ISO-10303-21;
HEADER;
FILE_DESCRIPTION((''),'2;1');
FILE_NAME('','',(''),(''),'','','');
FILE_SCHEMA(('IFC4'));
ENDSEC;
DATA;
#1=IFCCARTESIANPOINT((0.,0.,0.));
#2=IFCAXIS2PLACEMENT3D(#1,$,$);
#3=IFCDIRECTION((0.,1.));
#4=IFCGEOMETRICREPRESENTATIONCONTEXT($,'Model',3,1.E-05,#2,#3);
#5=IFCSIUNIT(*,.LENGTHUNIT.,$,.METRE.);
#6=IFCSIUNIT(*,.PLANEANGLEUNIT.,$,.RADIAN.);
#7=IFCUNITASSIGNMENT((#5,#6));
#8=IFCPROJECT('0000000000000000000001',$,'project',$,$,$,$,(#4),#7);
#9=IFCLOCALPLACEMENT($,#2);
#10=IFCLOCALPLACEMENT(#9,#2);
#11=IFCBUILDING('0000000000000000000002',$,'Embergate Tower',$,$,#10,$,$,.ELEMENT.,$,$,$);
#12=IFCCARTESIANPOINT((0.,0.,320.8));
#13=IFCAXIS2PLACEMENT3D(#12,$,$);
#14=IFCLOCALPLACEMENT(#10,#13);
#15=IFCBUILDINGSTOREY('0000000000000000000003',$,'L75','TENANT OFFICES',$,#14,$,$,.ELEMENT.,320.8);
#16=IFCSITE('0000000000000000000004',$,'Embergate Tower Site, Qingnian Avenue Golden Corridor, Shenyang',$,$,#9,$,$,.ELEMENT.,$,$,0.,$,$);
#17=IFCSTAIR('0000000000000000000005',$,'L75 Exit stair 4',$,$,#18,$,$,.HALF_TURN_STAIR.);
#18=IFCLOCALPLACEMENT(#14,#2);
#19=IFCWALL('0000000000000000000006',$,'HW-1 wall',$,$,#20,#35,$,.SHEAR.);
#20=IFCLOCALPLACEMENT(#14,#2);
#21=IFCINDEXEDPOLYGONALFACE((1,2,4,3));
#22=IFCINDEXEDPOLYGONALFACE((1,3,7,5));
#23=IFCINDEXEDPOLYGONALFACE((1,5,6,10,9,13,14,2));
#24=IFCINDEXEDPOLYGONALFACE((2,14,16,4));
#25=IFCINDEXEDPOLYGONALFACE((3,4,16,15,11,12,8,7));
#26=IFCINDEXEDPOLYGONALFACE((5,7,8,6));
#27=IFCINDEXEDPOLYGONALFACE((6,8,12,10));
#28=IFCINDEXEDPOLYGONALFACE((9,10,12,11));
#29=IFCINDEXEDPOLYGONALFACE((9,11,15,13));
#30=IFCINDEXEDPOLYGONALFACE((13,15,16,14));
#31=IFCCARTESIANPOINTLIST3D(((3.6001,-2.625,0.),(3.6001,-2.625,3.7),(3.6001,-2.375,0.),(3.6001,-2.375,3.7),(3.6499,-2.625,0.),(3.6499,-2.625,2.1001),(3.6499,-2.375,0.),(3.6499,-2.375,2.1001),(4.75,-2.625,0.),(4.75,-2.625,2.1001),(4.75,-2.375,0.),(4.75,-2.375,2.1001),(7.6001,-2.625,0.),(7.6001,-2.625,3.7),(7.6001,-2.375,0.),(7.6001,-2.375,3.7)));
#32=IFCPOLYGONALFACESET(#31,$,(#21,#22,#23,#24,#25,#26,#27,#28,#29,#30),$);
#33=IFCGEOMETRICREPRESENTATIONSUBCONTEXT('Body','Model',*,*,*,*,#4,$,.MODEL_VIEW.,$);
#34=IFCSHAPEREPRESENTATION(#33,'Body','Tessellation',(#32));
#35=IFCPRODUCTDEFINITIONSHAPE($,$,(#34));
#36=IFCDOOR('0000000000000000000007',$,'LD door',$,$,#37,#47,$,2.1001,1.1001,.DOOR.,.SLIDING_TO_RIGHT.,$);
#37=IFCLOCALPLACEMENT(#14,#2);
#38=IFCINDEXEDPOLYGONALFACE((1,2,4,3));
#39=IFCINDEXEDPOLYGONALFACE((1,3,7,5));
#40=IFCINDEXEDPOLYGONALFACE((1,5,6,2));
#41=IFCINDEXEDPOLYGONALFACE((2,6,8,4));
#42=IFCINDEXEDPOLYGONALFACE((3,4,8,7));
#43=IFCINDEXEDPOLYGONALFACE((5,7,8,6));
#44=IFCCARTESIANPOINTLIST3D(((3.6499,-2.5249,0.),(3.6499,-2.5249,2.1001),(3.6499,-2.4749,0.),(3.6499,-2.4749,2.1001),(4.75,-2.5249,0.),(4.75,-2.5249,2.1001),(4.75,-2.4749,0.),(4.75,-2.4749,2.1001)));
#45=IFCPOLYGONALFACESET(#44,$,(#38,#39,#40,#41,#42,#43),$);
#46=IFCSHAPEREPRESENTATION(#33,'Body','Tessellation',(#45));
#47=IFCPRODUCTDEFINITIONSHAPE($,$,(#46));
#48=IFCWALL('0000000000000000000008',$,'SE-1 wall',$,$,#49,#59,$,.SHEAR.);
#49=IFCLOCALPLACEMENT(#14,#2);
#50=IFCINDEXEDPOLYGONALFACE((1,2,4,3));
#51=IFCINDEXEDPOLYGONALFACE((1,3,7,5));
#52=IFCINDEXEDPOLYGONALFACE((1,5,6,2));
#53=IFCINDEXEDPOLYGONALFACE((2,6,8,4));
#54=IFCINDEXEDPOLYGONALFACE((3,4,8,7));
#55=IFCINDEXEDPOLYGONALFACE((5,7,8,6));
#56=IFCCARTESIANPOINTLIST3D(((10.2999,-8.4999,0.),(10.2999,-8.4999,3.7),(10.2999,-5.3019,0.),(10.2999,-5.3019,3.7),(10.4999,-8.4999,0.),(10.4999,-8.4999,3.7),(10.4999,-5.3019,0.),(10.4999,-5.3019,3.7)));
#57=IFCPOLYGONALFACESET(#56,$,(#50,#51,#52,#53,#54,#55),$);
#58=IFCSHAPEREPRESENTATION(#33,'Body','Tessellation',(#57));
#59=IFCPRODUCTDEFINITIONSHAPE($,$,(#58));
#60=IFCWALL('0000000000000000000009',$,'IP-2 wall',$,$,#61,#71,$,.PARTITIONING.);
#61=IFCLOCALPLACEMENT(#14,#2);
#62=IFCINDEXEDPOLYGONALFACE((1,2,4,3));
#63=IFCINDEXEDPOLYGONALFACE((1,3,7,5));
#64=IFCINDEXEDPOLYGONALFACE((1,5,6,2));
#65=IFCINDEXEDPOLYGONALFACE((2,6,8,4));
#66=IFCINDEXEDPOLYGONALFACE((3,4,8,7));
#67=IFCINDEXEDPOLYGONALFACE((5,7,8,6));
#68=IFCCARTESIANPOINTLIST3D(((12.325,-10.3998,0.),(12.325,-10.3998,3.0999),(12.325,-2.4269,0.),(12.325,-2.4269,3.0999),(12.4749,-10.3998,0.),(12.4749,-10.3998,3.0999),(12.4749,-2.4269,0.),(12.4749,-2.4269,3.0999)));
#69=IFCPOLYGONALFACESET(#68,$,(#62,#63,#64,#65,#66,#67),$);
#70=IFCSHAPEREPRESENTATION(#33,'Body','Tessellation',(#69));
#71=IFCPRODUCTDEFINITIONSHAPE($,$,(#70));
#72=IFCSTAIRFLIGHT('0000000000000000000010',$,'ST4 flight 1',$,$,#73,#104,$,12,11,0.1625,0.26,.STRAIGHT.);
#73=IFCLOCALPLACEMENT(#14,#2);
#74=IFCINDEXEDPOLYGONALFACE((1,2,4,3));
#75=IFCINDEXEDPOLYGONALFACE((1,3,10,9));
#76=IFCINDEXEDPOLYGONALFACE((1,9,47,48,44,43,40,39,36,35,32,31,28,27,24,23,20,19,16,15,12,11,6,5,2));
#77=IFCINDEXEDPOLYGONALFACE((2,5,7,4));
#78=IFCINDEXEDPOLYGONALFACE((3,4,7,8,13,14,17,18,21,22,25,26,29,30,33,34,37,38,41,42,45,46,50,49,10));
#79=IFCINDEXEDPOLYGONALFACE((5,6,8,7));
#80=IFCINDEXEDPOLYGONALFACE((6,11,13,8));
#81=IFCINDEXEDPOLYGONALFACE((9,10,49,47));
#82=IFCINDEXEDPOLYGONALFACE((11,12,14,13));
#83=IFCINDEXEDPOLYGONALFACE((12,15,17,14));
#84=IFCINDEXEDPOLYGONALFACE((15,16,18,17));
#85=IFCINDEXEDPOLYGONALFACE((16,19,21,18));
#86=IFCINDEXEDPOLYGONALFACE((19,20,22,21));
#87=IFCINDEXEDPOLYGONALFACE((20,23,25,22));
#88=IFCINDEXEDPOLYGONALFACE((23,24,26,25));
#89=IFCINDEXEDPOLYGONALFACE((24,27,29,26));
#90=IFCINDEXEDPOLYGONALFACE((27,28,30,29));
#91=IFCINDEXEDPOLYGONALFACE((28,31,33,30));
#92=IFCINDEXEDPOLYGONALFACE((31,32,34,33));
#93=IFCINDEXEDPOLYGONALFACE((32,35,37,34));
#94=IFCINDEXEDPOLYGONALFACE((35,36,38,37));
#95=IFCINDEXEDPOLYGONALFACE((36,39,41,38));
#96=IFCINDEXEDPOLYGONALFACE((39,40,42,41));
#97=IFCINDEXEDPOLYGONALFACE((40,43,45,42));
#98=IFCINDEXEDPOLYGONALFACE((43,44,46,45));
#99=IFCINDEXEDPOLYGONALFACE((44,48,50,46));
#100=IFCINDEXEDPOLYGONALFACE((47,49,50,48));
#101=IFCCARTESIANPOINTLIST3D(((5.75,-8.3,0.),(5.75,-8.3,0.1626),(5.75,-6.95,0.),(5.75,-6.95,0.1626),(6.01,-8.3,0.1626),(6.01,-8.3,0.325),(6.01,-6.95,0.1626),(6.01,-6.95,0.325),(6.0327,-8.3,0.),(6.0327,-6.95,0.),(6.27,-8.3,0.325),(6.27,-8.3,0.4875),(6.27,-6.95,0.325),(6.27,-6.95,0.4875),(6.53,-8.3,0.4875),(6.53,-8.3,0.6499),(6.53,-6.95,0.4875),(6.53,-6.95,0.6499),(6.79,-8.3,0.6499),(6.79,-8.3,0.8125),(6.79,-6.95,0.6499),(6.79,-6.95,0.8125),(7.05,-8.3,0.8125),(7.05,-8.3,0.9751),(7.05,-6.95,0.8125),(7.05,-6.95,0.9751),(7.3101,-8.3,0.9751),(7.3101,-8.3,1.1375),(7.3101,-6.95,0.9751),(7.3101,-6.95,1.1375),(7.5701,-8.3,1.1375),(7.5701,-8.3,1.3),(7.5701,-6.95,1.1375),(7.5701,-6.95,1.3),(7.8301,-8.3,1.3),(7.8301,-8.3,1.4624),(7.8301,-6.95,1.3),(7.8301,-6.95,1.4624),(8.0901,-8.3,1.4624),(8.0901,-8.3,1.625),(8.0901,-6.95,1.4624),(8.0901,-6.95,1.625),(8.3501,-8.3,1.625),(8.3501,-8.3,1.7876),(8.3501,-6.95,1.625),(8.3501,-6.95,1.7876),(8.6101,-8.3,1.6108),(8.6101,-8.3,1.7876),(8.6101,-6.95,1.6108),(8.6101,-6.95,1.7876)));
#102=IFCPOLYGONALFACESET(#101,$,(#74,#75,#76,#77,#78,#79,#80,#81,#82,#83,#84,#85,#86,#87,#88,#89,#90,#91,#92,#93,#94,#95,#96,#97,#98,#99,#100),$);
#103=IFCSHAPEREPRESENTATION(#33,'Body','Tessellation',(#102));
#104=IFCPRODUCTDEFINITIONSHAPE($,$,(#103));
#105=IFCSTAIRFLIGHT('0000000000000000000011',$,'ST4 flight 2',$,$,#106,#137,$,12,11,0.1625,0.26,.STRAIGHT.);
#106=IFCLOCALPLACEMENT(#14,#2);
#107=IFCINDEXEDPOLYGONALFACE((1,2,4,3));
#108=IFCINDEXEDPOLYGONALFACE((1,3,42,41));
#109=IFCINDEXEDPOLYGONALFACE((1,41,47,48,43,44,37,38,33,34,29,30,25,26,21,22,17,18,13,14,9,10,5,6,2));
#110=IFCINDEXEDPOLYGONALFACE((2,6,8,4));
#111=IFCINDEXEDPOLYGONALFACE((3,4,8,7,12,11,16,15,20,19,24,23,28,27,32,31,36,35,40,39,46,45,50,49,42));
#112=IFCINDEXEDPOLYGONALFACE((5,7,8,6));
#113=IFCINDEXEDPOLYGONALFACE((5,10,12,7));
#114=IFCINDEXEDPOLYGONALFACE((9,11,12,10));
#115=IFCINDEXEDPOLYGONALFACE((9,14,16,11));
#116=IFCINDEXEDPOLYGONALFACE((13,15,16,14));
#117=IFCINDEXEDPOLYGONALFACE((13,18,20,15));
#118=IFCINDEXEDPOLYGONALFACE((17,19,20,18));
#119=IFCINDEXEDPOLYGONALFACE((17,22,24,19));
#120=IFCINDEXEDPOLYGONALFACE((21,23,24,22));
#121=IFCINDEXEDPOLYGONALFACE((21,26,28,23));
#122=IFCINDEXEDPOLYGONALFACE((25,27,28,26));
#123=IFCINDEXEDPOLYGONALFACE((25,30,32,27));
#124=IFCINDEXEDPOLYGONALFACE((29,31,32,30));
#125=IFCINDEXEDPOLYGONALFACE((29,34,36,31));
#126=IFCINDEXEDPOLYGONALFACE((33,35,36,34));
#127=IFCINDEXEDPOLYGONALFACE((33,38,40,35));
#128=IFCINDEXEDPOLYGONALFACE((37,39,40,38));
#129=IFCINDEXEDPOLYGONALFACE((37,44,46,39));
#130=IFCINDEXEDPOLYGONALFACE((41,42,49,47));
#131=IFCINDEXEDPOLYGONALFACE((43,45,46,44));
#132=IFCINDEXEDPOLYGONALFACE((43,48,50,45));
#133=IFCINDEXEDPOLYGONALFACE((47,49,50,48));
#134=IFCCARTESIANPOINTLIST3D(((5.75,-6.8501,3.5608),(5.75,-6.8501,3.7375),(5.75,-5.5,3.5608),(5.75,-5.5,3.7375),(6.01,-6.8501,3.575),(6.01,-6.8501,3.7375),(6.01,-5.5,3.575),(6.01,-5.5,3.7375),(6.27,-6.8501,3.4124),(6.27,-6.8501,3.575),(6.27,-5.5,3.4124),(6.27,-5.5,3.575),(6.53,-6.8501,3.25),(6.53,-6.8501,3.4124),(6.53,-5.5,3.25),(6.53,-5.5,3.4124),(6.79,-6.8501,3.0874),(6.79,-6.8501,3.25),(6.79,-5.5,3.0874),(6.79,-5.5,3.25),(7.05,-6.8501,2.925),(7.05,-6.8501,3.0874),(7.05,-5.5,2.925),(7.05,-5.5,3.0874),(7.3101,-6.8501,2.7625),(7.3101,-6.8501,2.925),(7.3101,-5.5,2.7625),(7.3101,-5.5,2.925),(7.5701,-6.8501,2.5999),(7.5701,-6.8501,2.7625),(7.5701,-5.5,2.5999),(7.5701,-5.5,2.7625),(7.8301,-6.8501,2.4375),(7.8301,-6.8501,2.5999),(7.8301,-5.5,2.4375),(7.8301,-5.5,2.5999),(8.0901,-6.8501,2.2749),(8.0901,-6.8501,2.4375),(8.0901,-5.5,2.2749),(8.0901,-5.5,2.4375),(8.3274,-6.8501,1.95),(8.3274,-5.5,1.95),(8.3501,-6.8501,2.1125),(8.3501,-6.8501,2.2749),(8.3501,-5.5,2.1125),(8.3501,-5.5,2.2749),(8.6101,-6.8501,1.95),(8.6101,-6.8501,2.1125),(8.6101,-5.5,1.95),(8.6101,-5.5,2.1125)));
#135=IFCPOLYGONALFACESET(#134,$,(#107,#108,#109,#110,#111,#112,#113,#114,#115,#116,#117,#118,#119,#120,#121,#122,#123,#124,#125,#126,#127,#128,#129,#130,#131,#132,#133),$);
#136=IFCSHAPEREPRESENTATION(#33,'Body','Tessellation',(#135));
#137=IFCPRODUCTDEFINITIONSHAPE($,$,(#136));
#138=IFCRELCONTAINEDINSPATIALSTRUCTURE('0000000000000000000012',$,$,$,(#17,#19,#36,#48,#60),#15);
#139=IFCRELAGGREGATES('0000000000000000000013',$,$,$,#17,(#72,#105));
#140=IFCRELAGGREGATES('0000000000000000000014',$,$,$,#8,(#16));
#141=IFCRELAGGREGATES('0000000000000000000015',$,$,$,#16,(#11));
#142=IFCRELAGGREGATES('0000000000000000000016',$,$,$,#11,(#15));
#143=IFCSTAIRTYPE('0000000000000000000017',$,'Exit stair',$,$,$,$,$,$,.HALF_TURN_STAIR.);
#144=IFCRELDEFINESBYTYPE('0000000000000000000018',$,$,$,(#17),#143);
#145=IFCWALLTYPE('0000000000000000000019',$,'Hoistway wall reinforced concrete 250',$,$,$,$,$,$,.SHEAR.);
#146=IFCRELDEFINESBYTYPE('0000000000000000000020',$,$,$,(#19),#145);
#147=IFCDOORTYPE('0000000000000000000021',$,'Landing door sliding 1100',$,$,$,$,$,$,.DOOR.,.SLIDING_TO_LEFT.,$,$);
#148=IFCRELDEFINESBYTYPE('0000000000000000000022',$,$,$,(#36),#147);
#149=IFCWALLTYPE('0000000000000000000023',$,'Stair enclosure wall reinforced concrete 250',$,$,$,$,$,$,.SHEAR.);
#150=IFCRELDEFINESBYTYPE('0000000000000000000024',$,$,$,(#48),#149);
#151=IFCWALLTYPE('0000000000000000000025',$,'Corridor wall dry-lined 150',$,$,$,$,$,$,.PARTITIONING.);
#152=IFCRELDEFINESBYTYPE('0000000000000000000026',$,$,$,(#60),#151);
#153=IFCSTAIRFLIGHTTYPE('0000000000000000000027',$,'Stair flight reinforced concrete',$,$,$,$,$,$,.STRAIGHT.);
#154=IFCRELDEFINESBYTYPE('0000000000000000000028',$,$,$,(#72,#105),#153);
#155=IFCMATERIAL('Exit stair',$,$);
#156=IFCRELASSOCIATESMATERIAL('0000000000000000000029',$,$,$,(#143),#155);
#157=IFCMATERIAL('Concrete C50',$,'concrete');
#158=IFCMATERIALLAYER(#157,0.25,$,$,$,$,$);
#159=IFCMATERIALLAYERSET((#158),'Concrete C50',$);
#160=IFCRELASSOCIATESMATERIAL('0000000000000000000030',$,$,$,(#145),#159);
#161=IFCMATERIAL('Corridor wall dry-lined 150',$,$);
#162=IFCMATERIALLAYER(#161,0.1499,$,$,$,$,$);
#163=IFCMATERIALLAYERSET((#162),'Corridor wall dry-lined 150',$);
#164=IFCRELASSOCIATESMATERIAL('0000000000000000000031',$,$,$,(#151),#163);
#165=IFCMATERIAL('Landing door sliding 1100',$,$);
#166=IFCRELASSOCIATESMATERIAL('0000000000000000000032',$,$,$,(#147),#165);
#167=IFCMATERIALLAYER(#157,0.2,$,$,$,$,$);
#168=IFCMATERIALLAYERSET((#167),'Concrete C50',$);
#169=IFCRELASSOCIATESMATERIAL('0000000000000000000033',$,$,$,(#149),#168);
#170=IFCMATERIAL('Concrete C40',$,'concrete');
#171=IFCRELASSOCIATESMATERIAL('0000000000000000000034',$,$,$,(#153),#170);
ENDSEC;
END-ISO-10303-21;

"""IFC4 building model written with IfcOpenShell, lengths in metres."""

from ifc_helpers import new_model, si_unit, direction, frame, frame_2d, origin, place, context, subcontext, project, spatial, polyline, rectangle, outline, extrude, source, transform, mapped, material, layer, layer_set, type_object, element, fill, aggregate, save


model = new_model("IFC4")

# Units and contexts
model_context = context("Model", 3, precision=1e-05, world=origin(), true_north=direction((0.0, 1.0)))
body_context = subcontext(model_context, "Body", "Model", "MODEL_VIEW")
ifc_project = project(units=[si_unit("LENGTHUNIT", "METRE"), si_unit("PLANEANGLEUNIT", "RADIAN")], contexts=[model_context])

# Site, building, storey
site_placement = place(None, origin())
site = spatial("IfcSite", under=ifc_project, at=site_placement, Name="Embergate Tower Site, Qingnian Avenue Golden Corridor, Shenyang", CompositionType="ELEMENT", RefElevation=0.0)
building_placement = place(site_placement, origin())
building = spatial("IfcBuilding", under=site, at=building_placement, Name="Embergate Tower", CompositionType="ELEMENT")
storey_placement = place(building_placement, frame((0.0, 0.0, 320.8)))
storey = spatial("IfcBuildingStorey", under=building, at=storey_placement, Name="L75", Description="TENANT OFFICES", CompositionType="ELEMENT", Elevation=320.8)

# Stair
ifc_material_1 = material(Name="Exit stair")
stair_type = type_object("IfcStairType", Name="Exit stair", PredefinedType="HALF_TURN_STAIR", material=ifc_material_1)
stair_placement = place(storey_placement, origin())
stair = element("IfcStair", 1, at=stair_placement, inside=storey, type_object=stair_type, Name="L75 Exit stair 4", PredefinedType="HALF_TURN_STAIR")
ifc_material_2 = material(Name="Concrete C40", Category="concrete")

# Shared definitions
ifc_material_3 = material(Name="Concrete C50", Category="concrete")

# Shared definitions
ifc_layer_1 = layer(ifc_material_3, 0.25)
ifc_layer_set_1 = layer_set([ifc_layer_1], Name="Concrete C50")
wall_type_1 = type_object("IfcWallType", Name="Hoistway wall reinforced concrete 250", PredefinedType="SHEAR", material=ifc_layer_set_1)

# Shared definitions
ifc_material_4 = material(Name="Corridor wall dry-lined 150")
ifc_layer_2 = layer(ifc_material_4, 0.1499)
ifc_layer_set_2 = layer_set([ifc_layer_2], Name="Corridor wall dry-lined 150")
wall_type_2 = type_object("IfcWallType", Name="Corridor wall dry-lined 150", PredefinedType="PARTITIONING", material=ifc_layer_set_2)

# Wall, opening, door
shared_shape_1 = source(origin(), body_context, "Body", "SweptSolid", [
    extrude(rectangle(XDim=4.0, YDim=0.25, at=frame_2d((2.0, 0.0))), origin(), (0.0, 0.0, 1.0), 3.7),
])
wall_1_placement = place(storey_placement, frame((7.6001, -2.5, 0.0), z_axis=(0.0, 0.0, 1.0), x_axis=(-1.0, 0.0, 0.0)))
wall_1 = element("IfcWall", 2, at=wall_1_placement, inside=storey, type_object=wall_type_1, Name="HW-1 wall", PredefinedType="SHEAR", context=body_context, shape_type="MappedRepresentation", body=[
    mapped(shared_shape_1, transform((0.0, 0.0, 0.0))),
])
shared_shape_2 = source(origin(), body_context, "Body", "SweptSolid", [
    extrude(rectangle(XDim=1.1001, YDim=2.1001, at=frame_2d((0.55, 1.05))), frame((0.0, 0.135, 0.0), z_axis=(0.0, -1.0, 0.0), x_axis=(1.0, 0.0, 0.0)), (0.0, 0.0, 1.0), 0.27),
])
opening_1_placement = place(wall_1_placement, frame((2.8501, 0.0, 0.0)))
opening_1 = element("IfcOpeningElement", 3, at=opening_1_placement, cuts=wall_1, PredefinedType="OPENING", context=body_context, shape_type="MappedRepresentation", body=[
    mapped(shared_shape_2, transform((0.0, 0.0, 0.0))),
])
ifc_material_5 = material(Name="Landing door sliding 1100")
door_type_1 = type_object("IfcDoorType", Name="Landing door sliding 1100", OperationType="SLIDING_TO_LEFT", PredefinedType="DOOR", material=ifc_material_5)
shared_shape_3 = source(origin(), body_context, "Body", "SweptSolid", [
    extrude(rectangle(XDim=1.1001, YDim=2.1001, at=frame_2d((0.55, 1.05))), frame((0.0, 0.0249, 0.0), z_axis=(0.0, -1.0, 0.0), x_axis=(1.0, 0.0, 0.0)), (0.0, 0.0, 1.0), 0.05),
])
door_1_placement = place(opening_1_placement, origin())
door_1 = element("IfcDoor", 4, at=door_1_placement, inside=storey, type_object=door_type_1, Name="LD door", OperationType="SLIDING_TO_RIGHT", OverallHeight=2.1001, OverallWidth=1.1001, PredefinedType="DOOR", context=body_context, shape_type="MappedRepresentation", body=[
    mapped(shared_shape_3, transform((0.0, 0.0, 0.0))),
])
fill(opening_1, door_1)

# Walls
ifc_layer_3 = layer(ifc_material_3, 0.2)
ifc_layer_set_3 = layer_set([ifc_layer_3], Name="Concrete C50")
wall_type_3 = type_object("IfcWallType", Name="Stair enclosure wall reinforced concrete 250", PredefinedType="SHEAR", material=ifc_layer_set_3)
shared_shape_4 = source(origin(), body_context, "Body", "SweptSolid", [
    extrude(rectangle(XDim=3.198, YDim=0.2, at=frame_2d((1.5991, 0.0))), origin(), (0.0, 0.0, 1.0), 3.7),
])
wall_2_placement = place(storey_placement, frame((10.3999, -8.5, 0.0), z_axis=(0.0, 0.0, 1.0), x_axis=(0.0, 1.0, 0.0)))
element("IfcWall", 5, at=wall_2_placement, inside=storey, type_object=wall_type_3, Name="SE-1 wall", PredefinedType="SHEAR", context=body_context, shape_type="MappedRepresentation", body=[
    mapped(shared_shape_4, transform((0.0, 0.0, 0.0))),
])
shared_shape_5 = source(origin(), body_context, "Body", "SweptSolid", [
    extrude(rectangle(XDim=7.9729, YDim=0.1499, at=frame_2d((3.9863, 0.0))), origin(), (0.0, 0.0, 1.0), 3.0999),
])
wall_3_placement = place(storey_placement, frame((12.3999, -2.427, 0.0), z_axis=(0.0, 0.0, 1.0), x_axis=(0.0, -1.0, 0.0)))
element("IfcWall", 6, at=wall_3_placement, inside=storey, type_object=wall_type_2, Name="IP-2 wall", PredefinedType="PARTITIONING", context=body_context, shape_type="MappedRepresentation", body=[
    mapped(shared_shape_5, transform((0.0, 0.0, 0.0))),
])

# Stair flights
stair_flight_type = type_object("IfcStairFlightType", Name="Stair flight reinforced concrete", PredefinedType="STRAIGHT", material=ifc_material_2)
shared_shape_6 = source(origin(), body_context, "Body", "SweptSolid", [
    extrude(outline(polyline([(0.0, 0.0), (0.0, 0.1626), (0.26, 0.1626), (0.26, 0.325), (0.52, 0.325), (0.52, 0.4875), (0.78, 0.4875), (0.78, 0.6499), (1.04, 0.6499), (1.04, 0.8125), (1.3, 0.8125), (1.3, 0.9751), (1.5601, 0.9751), (1.5601, 1.1375), (1.8201, 1.1375), (1.8201, 1.3), (2.0801, 1.3), (2.0801, 1.4624), (2.3401, 1.4624), (2.3401, 1.625), (2.6001, 1.625), (2.6001, 1.7876), (2.8601, 1.7876), (2.8601, 1.95), (2.8601, 1.6108), (0.2827, 0.0), (0.0, 0.0)])), frame((0.0, 0.675, 0.0), z_axis=(0.0, -1.0, 0.0), x_axis=(1.0, 0.0, 0.0)), (0.0, 0.0, 1.0), 1.3501),
])
stair_flight_1_placement = place(storey_placement, frame((5.75, -7.625, 0.0), z_axis=(0.0, 0.0, 1.0), x_axis=(1.0, 0.0, 0.0)))
stair_flight_1 = element("IfcStairFlight", 7, at=stair_flight_1_placement, type_object=stair_flight_type, Name="ST4 flight 1", NumberOfRisers=12, NumberOfTreads=11, PredefinedType="STRAIGHT", RiserHeight=0.1625, TreadLength=0.26, context=body_context, shape_type="MappedRepresentation", body=[
    mapped(shared_shape_6, transform((0.0, 0.0, 0.0))),
])
stair_flight_2_placement = place(storey_placement, frame((8.6101, -6.175, 1.95), z_axis=(0.0, 0.0, 1.0), x_axis=(-1.0, 0.0, 0.0)))
stair_flight_2 = element("IfcStairFlight", 8, at=stair_flight_2_placement, type_object=stair_flight_type, Name="ST4 flight 2", NumberOfRisers=12, NumberOfTreads=11, PredefinedType="STRAIGHT", RiserHeight=0.1625, TreadLength=0.26, context=body_context, shape_type="MappedRepresentation", body=[
    mapped(shared_shape_6, transform((0.0, 0.0, 0.0))),
])
aggregate(stair, [stair_flight_1, stair_flight_2])

save(model, "model.ifc")
